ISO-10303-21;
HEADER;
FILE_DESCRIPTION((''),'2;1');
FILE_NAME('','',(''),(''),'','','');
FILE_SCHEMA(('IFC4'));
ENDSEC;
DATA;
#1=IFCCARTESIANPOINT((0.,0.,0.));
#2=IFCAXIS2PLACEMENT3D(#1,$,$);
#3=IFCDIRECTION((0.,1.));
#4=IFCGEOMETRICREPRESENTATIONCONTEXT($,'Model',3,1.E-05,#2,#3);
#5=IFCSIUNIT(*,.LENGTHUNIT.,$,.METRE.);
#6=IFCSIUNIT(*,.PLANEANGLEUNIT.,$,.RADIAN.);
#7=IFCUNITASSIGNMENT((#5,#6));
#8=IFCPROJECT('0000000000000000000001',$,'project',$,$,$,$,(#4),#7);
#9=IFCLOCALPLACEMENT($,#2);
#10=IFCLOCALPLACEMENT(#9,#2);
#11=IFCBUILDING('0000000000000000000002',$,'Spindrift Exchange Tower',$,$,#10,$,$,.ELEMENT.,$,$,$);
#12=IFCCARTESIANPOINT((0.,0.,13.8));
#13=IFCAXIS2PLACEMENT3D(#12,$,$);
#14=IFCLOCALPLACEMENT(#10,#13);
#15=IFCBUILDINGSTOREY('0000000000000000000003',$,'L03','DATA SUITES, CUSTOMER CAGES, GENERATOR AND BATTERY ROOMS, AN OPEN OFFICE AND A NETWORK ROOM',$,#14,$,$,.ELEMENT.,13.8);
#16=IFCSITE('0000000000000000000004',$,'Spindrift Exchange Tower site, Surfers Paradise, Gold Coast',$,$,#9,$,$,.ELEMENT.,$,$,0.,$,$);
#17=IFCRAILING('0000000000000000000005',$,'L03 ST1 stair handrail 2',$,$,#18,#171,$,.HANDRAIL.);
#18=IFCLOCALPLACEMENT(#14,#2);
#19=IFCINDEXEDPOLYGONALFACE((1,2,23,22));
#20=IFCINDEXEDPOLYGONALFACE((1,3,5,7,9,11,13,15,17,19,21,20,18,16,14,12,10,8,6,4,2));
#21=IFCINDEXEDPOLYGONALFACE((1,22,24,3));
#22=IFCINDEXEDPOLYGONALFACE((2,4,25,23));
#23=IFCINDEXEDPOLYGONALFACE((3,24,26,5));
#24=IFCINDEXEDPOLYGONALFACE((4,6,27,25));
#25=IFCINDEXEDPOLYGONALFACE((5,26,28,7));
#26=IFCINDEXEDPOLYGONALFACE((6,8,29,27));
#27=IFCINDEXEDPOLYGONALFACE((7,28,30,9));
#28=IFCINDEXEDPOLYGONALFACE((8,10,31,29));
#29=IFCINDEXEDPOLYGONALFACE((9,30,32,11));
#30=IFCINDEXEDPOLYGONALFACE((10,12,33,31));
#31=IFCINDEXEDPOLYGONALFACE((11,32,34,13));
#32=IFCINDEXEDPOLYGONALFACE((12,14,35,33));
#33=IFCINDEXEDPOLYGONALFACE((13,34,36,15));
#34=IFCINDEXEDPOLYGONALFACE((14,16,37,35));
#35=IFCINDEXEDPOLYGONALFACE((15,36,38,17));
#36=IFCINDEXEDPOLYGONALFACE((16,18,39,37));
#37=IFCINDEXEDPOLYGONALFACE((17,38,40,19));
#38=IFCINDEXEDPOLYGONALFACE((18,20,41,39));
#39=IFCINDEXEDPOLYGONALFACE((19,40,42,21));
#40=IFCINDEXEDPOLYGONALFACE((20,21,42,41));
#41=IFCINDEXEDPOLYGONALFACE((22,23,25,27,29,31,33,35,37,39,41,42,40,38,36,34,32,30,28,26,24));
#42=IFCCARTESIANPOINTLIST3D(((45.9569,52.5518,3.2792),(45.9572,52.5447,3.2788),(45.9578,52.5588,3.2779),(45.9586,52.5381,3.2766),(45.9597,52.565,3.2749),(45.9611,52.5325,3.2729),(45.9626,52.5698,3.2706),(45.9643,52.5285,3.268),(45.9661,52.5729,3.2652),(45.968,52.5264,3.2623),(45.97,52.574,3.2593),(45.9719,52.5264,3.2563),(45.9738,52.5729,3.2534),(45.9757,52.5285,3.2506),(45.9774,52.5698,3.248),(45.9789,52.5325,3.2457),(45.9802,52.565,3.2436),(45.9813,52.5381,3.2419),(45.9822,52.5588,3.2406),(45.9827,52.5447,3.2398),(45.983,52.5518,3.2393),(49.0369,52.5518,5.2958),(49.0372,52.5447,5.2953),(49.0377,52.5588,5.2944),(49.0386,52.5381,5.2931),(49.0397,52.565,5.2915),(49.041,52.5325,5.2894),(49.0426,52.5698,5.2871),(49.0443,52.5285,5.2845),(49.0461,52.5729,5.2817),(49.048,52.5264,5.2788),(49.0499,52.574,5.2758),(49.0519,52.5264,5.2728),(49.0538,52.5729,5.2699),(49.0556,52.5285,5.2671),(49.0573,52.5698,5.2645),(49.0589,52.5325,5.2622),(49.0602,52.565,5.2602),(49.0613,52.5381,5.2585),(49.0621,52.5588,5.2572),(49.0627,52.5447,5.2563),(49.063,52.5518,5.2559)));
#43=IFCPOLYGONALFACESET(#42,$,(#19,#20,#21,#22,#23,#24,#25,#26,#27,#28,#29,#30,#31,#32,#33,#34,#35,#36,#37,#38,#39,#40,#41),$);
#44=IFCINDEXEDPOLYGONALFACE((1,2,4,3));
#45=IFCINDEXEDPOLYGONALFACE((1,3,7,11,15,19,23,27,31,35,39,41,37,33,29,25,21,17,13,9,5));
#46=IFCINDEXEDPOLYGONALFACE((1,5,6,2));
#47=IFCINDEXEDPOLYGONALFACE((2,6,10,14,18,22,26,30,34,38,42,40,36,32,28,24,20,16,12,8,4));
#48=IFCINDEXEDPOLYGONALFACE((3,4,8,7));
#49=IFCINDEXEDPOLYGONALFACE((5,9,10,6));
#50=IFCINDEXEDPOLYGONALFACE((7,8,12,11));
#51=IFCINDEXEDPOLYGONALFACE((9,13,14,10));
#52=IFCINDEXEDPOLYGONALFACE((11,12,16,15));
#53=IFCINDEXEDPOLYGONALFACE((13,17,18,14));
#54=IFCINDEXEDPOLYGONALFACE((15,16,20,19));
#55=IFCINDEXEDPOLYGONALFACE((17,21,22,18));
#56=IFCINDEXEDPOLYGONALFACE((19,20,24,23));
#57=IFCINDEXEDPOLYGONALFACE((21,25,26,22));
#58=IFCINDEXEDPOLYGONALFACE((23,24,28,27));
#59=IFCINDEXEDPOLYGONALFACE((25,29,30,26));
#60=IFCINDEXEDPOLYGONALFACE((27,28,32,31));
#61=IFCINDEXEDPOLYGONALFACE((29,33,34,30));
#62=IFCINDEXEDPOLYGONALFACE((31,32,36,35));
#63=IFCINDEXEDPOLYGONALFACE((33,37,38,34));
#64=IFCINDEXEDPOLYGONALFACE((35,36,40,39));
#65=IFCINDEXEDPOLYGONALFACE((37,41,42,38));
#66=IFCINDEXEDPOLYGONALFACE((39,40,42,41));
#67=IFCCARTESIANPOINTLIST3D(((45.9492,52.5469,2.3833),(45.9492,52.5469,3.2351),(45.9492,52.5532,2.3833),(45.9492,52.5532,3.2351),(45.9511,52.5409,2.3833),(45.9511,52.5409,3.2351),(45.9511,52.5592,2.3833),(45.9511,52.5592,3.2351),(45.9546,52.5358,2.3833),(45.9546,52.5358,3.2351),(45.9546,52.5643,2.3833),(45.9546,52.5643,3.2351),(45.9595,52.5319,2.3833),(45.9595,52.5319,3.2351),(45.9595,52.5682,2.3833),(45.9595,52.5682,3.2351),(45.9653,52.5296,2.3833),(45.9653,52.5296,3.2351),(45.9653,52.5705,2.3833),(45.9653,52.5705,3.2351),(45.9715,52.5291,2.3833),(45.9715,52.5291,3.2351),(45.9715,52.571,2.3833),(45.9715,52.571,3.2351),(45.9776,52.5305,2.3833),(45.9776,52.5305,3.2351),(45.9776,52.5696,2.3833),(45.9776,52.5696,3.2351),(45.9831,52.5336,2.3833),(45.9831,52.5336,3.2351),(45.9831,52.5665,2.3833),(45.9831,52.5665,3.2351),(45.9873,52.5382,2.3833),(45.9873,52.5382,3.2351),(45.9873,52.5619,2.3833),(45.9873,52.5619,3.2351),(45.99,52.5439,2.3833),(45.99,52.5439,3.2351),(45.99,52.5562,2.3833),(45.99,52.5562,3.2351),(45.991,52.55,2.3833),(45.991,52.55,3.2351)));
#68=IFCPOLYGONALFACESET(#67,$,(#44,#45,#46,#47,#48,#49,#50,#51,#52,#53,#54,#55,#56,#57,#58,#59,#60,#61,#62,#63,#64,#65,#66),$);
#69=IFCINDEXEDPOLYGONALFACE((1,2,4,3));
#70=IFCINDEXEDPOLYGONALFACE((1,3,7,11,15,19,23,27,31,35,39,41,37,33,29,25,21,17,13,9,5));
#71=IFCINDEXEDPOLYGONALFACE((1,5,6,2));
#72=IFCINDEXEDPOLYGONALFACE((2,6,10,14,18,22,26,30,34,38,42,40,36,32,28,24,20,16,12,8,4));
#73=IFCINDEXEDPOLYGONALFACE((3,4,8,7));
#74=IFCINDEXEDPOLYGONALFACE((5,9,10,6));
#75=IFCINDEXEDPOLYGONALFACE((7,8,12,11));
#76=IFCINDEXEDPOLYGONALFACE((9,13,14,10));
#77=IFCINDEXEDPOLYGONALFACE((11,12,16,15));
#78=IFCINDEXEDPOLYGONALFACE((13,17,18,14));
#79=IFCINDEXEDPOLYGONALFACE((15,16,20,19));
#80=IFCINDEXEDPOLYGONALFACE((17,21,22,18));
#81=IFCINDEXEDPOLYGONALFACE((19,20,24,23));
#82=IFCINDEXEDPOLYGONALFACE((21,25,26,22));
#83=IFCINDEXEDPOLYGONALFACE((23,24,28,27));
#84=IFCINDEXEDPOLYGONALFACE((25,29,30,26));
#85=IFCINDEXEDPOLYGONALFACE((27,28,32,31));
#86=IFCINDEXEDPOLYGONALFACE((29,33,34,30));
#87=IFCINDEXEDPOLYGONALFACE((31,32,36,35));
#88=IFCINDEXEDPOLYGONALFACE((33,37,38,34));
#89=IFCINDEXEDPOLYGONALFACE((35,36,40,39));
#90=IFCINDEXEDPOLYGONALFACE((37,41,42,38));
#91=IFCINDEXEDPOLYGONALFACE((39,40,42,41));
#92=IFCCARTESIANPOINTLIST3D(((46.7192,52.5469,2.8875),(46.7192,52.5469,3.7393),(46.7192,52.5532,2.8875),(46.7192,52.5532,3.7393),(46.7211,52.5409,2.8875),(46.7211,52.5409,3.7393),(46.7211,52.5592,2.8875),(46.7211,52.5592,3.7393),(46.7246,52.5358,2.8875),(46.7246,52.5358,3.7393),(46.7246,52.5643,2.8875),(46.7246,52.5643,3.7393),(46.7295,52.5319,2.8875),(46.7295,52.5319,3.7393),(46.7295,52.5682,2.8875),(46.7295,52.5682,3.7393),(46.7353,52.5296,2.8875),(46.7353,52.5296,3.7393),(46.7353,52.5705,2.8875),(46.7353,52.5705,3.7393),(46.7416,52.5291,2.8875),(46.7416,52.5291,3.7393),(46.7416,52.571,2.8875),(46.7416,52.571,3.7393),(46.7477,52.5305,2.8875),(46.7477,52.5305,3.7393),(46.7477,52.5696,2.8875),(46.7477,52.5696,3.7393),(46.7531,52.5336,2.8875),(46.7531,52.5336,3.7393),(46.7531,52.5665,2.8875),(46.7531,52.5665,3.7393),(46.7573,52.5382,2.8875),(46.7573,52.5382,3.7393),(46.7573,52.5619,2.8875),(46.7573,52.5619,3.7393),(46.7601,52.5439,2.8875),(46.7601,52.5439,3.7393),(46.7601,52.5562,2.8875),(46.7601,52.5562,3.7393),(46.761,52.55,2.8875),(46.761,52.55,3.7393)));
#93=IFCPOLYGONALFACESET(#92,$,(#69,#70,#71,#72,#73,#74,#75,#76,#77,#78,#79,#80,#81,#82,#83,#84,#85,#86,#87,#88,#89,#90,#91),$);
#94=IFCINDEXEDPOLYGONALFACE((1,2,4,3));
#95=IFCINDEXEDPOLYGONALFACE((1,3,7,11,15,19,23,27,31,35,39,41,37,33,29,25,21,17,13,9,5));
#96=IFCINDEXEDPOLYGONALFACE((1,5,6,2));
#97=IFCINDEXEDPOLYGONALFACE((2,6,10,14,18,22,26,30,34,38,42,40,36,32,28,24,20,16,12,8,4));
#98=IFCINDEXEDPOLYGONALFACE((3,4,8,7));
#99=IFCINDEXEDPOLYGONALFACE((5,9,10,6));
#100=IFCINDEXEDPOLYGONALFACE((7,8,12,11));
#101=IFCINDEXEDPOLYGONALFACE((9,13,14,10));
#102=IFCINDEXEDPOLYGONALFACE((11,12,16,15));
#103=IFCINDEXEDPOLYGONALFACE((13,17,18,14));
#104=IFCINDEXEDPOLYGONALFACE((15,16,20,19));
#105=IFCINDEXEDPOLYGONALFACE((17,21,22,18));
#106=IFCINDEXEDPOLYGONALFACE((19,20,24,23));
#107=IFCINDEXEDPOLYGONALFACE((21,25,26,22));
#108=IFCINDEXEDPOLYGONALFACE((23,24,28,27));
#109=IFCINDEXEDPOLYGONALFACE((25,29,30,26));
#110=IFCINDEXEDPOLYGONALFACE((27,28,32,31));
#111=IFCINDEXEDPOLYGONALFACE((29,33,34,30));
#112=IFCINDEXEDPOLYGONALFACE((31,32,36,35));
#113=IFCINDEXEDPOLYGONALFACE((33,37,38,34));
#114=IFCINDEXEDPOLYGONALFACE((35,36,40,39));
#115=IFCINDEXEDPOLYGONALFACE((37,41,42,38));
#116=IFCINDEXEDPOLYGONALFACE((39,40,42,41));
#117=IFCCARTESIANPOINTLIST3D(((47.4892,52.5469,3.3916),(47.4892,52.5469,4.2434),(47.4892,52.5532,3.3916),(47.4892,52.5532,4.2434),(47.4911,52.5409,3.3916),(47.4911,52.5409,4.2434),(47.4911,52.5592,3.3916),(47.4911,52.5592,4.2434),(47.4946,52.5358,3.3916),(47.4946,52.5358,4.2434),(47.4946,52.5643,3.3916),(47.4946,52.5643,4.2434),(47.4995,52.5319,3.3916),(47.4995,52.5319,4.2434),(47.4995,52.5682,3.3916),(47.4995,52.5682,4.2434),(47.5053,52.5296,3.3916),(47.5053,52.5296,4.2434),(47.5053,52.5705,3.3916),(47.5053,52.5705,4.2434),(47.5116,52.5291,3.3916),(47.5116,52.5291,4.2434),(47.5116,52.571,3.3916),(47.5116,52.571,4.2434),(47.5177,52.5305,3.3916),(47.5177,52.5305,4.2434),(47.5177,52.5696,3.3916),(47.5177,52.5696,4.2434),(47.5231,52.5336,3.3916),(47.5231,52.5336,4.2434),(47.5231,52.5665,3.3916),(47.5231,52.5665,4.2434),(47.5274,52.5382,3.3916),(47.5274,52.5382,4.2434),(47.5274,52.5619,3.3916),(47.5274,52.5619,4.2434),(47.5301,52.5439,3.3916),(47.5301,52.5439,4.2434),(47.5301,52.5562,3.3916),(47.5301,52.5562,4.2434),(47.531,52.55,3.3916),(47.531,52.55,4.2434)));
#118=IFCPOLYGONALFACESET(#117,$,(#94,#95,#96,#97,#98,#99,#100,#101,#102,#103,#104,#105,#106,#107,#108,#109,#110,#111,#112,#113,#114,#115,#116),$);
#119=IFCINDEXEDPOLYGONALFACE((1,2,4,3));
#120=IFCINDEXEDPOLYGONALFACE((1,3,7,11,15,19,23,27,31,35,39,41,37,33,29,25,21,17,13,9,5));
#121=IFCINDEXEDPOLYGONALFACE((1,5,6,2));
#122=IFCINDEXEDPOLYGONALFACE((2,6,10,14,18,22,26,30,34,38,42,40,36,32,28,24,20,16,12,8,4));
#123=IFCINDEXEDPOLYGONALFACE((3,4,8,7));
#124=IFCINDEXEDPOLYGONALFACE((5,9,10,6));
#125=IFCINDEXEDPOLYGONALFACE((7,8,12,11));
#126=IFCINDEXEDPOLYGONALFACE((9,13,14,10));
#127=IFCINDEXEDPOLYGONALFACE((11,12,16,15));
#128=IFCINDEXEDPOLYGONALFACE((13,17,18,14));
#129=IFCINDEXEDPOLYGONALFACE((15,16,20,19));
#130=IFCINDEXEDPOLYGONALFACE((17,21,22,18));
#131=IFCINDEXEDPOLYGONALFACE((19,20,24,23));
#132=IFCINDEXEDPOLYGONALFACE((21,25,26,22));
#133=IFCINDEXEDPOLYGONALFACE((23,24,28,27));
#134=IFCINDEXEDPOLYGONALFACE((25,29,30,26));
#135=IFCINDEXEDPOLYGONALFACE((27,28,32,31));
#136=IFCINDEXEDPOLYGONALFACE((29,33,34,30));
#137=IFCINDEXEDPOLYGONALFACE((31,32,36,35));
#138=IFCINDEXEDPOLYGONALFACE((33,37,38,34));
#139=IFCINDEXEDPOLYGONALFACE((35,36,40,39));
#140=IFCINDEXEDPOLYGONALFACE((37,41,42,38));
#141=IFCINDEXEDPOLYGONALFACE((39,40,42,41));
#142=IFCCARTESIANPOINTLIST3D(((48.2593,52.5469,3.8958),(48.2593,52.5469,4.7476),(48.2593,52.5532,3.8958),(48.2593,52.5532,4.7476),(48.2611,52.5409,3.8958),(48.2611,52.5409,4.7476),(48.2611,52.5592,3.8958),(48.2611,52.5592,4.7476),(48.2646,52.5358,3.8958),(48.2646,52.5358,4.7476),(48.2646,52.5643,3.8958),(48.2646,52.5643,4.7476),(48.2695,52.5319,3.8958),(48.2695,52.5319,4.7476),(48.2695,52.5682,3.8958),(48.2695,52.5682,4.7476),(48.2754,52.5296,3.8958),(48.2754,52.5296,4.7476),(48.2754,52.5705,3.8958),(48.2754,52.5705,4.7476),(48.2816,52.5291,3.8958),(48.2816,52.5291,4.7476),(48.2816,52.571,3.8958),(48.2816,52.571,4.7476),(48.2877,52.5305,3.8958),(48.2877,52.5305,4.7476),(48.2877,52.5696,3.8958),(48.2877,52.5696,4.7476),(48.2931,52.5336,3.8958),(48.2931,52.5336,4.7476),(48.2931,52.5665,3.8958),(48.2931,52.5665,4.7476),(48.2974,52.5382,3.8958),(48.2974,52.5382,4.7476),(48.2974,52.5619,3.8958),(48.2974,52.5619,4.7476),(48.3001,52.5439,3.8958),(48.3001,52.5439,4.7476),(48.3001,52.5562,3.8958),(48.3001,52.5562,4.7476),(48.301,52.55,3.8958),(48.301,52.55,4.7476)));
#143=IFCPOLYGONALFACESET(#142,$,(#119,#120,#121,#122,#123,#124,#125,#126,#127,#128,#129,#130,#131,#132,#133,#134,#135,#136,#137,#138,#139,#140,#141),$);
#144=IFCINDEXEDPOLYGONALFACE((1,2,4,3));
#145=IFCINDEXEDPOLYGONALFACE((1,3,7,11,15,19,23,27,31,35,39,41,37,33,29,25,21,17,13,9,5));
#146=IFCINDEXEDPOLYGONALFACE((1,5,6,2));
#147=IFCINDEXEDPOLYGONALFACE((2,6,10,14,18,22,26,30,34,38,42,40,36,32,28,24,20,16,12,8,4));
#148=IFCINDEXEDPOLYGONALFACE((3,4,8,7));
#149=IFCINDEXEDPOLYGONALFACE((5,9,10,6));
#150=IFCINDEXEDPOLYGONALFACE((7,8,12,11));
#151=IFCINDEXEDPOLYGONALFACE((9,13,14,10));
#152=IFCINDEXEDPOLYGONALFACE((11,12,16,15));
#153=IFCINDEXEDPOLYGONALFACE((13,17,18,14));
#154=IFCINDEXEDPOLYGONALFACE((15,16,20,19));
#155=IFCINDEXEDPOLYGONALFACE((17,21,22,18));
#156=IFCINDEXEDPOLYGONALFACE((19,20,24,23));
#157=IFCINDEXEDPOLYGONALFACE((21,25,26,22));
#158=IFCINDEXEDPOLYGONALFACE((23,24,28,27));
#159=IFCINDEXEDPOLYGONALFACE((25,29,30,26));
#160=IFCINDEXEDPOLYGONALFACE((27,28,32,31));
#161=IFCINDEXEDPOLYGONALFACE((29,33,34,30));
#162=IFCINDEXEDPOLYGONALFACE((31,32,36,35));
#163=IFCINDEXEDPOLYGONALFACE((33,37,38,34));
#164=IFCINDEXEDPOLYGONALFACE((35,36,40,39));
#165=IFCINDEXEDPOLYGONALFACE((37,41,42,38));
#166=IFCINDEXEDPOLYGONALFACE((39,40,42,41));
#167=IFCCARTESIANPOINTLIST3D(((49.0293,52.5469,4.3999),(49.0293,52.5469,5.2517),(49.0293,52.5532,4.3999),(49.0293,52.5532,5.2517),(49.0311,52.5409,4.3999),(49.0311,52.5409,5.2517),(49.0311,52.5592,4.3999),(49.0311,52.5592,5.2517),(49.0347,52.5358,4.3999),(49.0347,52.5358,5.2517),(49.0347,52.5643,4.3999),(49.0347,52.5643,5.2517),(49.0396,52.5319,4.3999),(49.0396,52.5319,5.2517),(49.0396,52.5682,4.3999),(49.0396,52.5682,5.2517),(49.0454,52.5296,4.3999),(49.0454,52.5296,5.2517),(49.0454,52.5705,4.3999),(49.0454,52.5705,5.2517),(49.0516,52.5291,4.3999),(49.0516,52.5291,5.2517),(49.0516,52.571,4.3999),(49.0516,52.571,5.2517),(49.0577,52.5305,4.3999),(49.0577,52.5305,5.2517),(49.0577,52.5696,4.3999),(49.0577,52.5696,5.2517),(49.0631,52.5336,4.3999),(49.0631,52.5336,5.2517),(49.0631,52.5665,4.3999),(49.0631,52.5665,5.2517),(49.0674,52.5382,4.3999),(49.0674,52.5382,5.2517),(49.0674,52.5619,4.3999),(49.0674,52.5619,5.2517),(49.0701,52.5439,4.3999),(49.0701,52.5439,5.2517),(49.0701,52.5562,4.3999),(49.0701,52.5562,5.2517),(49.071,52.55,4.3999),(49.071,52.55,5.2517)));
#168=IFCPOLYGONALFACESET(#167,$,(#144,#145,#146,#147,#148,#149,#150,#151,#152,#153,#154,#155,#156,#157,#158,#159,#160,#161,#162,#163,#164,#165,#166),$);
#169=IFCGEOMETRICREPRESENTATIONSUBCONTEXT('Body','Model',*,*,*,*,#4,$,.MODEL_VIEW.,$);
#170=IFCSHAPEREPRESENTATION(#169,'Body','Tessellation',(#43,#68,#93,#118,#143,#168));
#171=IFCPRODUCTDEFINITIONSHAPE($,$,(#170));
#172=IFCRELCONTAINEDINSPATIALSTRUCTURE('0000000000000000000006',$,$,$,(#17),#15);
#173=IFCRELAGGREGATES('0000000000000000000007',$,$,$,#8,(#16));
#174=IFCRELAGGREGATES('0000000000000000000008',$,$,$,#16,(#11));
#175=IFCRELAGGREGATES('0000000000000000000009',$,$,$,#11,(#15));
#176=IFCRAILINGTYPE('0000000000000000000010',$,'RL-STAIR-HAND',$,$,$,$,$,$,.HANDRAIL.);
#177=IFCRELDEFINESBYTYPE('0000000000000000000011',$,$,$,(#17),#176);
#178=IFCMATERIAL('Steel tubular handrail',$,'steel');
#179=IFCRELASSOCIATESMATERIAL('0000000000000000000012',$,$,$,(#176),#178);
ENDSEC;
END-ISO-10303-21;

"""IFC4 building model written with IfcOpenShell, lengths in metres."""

from ifc_helpers import new_model, si_unit, direction, frame, origin, origin_2d, place, context, subcontext, project, spatial, circle, extrude, material, type_object, element, save


model = new_model("IFC4")

# Units and contexts
model_context = context("Model", 3, precision=1e-05, world=origin(), true_north=direction((0.0, 1.0)))
body_context = subcontext(model_context, "Body", "Model", "MODEL_VIEW")
ifc_project = project(units=[si_unit("LENGTHUNIT", "METRE"), si_unit("PLANEANGLEUNIT", "RADIAN")], contexts=[model_context])

# Site, building, storey
site_placement = place(None, origin())
site = spatial("IfcSite", under=ifc_project, at=site_placement, Name="Spindrift Exchange Tower site, Surfers Paradise, Gold Coast", CompositionType="ELEMENT", RefElevation=0.0)
building_placement = place(site_placement, origin())
building = spatial("IfcBuilding", under=site, at=building_placement, Name="Spindrift Exchange Tower", CompositionType="ELEMENT")
storey_placement = place(building_placement, frame((0.0, 0.0, 13.8)))
storey = spatial("IfcBuildingStorey", under=building, at=storey_placement, Name="L03", Description="DATA SUITES, CUSTOMER CAGES, GENERATOR AND BATTERY ROOMS, AN OPEN OFFICE AND A NETWORK ROOM", CompositionType="ELEMENT", Elevation=13.8)

# Railing
ifc_material_1 = material(Name="Steel tubular handrail", Category="steel")
railing_type_1 = type_object("IfcRailingType", Name="RL-STAIR-HAND", PredefinedType="HANDRAIL", material=ifc_material_1)
railing_1_placement = place(storey_placement, frame((45.97, 52.55, 2.3833)))
element("IfcRailing", 1, at=railing_1_placement, inside=storey, type_object=railing_type_1, Name="L03 ST1 stair handrail 2", PredefinedType="HANDRAIL", context=body_context, shape_type="SweptSolid", body=[
    extrude(circle(Radius=0.0239, at=origin_2d()), frame((0.0, 0.0, 0.876), z_axis=(0.836633, 0.0, 0.547764), x_axis=(0.0, 1.0, 0.0)), (0.0, 0.0, 1.0), 3.6814),
    extrude(circle(Radius=0.021, at=origin_2d()), origin(), (0.0, 0.0, 1.0), 0.8518),
    extrude(circle(Radius=0.021, at=origin_2d()), frame((0.77, 0.0, 0.5042)), (0.0, 0.0, 1.0), 0.8518),
    extrude(circle(Radius=0.021, at=origin_2d()), frame((1.54, 0.0, 1.0083)), (0.0, 0.0, 1.0), 0.8518),
    extrude(circle(Radius=0.021, at=origin_2d()), frame((2.3101, 0.0, 1.5125)), (0.0, 0.0, 1.0), 0.8518),
    extrude(circle(Radius=0.021, at=origin_2d()), frame((3.0801, 0.0, 2.0166)), (0.0, 0.0, 1.0), 0.8518),
])

save(model, "model.ifc")
